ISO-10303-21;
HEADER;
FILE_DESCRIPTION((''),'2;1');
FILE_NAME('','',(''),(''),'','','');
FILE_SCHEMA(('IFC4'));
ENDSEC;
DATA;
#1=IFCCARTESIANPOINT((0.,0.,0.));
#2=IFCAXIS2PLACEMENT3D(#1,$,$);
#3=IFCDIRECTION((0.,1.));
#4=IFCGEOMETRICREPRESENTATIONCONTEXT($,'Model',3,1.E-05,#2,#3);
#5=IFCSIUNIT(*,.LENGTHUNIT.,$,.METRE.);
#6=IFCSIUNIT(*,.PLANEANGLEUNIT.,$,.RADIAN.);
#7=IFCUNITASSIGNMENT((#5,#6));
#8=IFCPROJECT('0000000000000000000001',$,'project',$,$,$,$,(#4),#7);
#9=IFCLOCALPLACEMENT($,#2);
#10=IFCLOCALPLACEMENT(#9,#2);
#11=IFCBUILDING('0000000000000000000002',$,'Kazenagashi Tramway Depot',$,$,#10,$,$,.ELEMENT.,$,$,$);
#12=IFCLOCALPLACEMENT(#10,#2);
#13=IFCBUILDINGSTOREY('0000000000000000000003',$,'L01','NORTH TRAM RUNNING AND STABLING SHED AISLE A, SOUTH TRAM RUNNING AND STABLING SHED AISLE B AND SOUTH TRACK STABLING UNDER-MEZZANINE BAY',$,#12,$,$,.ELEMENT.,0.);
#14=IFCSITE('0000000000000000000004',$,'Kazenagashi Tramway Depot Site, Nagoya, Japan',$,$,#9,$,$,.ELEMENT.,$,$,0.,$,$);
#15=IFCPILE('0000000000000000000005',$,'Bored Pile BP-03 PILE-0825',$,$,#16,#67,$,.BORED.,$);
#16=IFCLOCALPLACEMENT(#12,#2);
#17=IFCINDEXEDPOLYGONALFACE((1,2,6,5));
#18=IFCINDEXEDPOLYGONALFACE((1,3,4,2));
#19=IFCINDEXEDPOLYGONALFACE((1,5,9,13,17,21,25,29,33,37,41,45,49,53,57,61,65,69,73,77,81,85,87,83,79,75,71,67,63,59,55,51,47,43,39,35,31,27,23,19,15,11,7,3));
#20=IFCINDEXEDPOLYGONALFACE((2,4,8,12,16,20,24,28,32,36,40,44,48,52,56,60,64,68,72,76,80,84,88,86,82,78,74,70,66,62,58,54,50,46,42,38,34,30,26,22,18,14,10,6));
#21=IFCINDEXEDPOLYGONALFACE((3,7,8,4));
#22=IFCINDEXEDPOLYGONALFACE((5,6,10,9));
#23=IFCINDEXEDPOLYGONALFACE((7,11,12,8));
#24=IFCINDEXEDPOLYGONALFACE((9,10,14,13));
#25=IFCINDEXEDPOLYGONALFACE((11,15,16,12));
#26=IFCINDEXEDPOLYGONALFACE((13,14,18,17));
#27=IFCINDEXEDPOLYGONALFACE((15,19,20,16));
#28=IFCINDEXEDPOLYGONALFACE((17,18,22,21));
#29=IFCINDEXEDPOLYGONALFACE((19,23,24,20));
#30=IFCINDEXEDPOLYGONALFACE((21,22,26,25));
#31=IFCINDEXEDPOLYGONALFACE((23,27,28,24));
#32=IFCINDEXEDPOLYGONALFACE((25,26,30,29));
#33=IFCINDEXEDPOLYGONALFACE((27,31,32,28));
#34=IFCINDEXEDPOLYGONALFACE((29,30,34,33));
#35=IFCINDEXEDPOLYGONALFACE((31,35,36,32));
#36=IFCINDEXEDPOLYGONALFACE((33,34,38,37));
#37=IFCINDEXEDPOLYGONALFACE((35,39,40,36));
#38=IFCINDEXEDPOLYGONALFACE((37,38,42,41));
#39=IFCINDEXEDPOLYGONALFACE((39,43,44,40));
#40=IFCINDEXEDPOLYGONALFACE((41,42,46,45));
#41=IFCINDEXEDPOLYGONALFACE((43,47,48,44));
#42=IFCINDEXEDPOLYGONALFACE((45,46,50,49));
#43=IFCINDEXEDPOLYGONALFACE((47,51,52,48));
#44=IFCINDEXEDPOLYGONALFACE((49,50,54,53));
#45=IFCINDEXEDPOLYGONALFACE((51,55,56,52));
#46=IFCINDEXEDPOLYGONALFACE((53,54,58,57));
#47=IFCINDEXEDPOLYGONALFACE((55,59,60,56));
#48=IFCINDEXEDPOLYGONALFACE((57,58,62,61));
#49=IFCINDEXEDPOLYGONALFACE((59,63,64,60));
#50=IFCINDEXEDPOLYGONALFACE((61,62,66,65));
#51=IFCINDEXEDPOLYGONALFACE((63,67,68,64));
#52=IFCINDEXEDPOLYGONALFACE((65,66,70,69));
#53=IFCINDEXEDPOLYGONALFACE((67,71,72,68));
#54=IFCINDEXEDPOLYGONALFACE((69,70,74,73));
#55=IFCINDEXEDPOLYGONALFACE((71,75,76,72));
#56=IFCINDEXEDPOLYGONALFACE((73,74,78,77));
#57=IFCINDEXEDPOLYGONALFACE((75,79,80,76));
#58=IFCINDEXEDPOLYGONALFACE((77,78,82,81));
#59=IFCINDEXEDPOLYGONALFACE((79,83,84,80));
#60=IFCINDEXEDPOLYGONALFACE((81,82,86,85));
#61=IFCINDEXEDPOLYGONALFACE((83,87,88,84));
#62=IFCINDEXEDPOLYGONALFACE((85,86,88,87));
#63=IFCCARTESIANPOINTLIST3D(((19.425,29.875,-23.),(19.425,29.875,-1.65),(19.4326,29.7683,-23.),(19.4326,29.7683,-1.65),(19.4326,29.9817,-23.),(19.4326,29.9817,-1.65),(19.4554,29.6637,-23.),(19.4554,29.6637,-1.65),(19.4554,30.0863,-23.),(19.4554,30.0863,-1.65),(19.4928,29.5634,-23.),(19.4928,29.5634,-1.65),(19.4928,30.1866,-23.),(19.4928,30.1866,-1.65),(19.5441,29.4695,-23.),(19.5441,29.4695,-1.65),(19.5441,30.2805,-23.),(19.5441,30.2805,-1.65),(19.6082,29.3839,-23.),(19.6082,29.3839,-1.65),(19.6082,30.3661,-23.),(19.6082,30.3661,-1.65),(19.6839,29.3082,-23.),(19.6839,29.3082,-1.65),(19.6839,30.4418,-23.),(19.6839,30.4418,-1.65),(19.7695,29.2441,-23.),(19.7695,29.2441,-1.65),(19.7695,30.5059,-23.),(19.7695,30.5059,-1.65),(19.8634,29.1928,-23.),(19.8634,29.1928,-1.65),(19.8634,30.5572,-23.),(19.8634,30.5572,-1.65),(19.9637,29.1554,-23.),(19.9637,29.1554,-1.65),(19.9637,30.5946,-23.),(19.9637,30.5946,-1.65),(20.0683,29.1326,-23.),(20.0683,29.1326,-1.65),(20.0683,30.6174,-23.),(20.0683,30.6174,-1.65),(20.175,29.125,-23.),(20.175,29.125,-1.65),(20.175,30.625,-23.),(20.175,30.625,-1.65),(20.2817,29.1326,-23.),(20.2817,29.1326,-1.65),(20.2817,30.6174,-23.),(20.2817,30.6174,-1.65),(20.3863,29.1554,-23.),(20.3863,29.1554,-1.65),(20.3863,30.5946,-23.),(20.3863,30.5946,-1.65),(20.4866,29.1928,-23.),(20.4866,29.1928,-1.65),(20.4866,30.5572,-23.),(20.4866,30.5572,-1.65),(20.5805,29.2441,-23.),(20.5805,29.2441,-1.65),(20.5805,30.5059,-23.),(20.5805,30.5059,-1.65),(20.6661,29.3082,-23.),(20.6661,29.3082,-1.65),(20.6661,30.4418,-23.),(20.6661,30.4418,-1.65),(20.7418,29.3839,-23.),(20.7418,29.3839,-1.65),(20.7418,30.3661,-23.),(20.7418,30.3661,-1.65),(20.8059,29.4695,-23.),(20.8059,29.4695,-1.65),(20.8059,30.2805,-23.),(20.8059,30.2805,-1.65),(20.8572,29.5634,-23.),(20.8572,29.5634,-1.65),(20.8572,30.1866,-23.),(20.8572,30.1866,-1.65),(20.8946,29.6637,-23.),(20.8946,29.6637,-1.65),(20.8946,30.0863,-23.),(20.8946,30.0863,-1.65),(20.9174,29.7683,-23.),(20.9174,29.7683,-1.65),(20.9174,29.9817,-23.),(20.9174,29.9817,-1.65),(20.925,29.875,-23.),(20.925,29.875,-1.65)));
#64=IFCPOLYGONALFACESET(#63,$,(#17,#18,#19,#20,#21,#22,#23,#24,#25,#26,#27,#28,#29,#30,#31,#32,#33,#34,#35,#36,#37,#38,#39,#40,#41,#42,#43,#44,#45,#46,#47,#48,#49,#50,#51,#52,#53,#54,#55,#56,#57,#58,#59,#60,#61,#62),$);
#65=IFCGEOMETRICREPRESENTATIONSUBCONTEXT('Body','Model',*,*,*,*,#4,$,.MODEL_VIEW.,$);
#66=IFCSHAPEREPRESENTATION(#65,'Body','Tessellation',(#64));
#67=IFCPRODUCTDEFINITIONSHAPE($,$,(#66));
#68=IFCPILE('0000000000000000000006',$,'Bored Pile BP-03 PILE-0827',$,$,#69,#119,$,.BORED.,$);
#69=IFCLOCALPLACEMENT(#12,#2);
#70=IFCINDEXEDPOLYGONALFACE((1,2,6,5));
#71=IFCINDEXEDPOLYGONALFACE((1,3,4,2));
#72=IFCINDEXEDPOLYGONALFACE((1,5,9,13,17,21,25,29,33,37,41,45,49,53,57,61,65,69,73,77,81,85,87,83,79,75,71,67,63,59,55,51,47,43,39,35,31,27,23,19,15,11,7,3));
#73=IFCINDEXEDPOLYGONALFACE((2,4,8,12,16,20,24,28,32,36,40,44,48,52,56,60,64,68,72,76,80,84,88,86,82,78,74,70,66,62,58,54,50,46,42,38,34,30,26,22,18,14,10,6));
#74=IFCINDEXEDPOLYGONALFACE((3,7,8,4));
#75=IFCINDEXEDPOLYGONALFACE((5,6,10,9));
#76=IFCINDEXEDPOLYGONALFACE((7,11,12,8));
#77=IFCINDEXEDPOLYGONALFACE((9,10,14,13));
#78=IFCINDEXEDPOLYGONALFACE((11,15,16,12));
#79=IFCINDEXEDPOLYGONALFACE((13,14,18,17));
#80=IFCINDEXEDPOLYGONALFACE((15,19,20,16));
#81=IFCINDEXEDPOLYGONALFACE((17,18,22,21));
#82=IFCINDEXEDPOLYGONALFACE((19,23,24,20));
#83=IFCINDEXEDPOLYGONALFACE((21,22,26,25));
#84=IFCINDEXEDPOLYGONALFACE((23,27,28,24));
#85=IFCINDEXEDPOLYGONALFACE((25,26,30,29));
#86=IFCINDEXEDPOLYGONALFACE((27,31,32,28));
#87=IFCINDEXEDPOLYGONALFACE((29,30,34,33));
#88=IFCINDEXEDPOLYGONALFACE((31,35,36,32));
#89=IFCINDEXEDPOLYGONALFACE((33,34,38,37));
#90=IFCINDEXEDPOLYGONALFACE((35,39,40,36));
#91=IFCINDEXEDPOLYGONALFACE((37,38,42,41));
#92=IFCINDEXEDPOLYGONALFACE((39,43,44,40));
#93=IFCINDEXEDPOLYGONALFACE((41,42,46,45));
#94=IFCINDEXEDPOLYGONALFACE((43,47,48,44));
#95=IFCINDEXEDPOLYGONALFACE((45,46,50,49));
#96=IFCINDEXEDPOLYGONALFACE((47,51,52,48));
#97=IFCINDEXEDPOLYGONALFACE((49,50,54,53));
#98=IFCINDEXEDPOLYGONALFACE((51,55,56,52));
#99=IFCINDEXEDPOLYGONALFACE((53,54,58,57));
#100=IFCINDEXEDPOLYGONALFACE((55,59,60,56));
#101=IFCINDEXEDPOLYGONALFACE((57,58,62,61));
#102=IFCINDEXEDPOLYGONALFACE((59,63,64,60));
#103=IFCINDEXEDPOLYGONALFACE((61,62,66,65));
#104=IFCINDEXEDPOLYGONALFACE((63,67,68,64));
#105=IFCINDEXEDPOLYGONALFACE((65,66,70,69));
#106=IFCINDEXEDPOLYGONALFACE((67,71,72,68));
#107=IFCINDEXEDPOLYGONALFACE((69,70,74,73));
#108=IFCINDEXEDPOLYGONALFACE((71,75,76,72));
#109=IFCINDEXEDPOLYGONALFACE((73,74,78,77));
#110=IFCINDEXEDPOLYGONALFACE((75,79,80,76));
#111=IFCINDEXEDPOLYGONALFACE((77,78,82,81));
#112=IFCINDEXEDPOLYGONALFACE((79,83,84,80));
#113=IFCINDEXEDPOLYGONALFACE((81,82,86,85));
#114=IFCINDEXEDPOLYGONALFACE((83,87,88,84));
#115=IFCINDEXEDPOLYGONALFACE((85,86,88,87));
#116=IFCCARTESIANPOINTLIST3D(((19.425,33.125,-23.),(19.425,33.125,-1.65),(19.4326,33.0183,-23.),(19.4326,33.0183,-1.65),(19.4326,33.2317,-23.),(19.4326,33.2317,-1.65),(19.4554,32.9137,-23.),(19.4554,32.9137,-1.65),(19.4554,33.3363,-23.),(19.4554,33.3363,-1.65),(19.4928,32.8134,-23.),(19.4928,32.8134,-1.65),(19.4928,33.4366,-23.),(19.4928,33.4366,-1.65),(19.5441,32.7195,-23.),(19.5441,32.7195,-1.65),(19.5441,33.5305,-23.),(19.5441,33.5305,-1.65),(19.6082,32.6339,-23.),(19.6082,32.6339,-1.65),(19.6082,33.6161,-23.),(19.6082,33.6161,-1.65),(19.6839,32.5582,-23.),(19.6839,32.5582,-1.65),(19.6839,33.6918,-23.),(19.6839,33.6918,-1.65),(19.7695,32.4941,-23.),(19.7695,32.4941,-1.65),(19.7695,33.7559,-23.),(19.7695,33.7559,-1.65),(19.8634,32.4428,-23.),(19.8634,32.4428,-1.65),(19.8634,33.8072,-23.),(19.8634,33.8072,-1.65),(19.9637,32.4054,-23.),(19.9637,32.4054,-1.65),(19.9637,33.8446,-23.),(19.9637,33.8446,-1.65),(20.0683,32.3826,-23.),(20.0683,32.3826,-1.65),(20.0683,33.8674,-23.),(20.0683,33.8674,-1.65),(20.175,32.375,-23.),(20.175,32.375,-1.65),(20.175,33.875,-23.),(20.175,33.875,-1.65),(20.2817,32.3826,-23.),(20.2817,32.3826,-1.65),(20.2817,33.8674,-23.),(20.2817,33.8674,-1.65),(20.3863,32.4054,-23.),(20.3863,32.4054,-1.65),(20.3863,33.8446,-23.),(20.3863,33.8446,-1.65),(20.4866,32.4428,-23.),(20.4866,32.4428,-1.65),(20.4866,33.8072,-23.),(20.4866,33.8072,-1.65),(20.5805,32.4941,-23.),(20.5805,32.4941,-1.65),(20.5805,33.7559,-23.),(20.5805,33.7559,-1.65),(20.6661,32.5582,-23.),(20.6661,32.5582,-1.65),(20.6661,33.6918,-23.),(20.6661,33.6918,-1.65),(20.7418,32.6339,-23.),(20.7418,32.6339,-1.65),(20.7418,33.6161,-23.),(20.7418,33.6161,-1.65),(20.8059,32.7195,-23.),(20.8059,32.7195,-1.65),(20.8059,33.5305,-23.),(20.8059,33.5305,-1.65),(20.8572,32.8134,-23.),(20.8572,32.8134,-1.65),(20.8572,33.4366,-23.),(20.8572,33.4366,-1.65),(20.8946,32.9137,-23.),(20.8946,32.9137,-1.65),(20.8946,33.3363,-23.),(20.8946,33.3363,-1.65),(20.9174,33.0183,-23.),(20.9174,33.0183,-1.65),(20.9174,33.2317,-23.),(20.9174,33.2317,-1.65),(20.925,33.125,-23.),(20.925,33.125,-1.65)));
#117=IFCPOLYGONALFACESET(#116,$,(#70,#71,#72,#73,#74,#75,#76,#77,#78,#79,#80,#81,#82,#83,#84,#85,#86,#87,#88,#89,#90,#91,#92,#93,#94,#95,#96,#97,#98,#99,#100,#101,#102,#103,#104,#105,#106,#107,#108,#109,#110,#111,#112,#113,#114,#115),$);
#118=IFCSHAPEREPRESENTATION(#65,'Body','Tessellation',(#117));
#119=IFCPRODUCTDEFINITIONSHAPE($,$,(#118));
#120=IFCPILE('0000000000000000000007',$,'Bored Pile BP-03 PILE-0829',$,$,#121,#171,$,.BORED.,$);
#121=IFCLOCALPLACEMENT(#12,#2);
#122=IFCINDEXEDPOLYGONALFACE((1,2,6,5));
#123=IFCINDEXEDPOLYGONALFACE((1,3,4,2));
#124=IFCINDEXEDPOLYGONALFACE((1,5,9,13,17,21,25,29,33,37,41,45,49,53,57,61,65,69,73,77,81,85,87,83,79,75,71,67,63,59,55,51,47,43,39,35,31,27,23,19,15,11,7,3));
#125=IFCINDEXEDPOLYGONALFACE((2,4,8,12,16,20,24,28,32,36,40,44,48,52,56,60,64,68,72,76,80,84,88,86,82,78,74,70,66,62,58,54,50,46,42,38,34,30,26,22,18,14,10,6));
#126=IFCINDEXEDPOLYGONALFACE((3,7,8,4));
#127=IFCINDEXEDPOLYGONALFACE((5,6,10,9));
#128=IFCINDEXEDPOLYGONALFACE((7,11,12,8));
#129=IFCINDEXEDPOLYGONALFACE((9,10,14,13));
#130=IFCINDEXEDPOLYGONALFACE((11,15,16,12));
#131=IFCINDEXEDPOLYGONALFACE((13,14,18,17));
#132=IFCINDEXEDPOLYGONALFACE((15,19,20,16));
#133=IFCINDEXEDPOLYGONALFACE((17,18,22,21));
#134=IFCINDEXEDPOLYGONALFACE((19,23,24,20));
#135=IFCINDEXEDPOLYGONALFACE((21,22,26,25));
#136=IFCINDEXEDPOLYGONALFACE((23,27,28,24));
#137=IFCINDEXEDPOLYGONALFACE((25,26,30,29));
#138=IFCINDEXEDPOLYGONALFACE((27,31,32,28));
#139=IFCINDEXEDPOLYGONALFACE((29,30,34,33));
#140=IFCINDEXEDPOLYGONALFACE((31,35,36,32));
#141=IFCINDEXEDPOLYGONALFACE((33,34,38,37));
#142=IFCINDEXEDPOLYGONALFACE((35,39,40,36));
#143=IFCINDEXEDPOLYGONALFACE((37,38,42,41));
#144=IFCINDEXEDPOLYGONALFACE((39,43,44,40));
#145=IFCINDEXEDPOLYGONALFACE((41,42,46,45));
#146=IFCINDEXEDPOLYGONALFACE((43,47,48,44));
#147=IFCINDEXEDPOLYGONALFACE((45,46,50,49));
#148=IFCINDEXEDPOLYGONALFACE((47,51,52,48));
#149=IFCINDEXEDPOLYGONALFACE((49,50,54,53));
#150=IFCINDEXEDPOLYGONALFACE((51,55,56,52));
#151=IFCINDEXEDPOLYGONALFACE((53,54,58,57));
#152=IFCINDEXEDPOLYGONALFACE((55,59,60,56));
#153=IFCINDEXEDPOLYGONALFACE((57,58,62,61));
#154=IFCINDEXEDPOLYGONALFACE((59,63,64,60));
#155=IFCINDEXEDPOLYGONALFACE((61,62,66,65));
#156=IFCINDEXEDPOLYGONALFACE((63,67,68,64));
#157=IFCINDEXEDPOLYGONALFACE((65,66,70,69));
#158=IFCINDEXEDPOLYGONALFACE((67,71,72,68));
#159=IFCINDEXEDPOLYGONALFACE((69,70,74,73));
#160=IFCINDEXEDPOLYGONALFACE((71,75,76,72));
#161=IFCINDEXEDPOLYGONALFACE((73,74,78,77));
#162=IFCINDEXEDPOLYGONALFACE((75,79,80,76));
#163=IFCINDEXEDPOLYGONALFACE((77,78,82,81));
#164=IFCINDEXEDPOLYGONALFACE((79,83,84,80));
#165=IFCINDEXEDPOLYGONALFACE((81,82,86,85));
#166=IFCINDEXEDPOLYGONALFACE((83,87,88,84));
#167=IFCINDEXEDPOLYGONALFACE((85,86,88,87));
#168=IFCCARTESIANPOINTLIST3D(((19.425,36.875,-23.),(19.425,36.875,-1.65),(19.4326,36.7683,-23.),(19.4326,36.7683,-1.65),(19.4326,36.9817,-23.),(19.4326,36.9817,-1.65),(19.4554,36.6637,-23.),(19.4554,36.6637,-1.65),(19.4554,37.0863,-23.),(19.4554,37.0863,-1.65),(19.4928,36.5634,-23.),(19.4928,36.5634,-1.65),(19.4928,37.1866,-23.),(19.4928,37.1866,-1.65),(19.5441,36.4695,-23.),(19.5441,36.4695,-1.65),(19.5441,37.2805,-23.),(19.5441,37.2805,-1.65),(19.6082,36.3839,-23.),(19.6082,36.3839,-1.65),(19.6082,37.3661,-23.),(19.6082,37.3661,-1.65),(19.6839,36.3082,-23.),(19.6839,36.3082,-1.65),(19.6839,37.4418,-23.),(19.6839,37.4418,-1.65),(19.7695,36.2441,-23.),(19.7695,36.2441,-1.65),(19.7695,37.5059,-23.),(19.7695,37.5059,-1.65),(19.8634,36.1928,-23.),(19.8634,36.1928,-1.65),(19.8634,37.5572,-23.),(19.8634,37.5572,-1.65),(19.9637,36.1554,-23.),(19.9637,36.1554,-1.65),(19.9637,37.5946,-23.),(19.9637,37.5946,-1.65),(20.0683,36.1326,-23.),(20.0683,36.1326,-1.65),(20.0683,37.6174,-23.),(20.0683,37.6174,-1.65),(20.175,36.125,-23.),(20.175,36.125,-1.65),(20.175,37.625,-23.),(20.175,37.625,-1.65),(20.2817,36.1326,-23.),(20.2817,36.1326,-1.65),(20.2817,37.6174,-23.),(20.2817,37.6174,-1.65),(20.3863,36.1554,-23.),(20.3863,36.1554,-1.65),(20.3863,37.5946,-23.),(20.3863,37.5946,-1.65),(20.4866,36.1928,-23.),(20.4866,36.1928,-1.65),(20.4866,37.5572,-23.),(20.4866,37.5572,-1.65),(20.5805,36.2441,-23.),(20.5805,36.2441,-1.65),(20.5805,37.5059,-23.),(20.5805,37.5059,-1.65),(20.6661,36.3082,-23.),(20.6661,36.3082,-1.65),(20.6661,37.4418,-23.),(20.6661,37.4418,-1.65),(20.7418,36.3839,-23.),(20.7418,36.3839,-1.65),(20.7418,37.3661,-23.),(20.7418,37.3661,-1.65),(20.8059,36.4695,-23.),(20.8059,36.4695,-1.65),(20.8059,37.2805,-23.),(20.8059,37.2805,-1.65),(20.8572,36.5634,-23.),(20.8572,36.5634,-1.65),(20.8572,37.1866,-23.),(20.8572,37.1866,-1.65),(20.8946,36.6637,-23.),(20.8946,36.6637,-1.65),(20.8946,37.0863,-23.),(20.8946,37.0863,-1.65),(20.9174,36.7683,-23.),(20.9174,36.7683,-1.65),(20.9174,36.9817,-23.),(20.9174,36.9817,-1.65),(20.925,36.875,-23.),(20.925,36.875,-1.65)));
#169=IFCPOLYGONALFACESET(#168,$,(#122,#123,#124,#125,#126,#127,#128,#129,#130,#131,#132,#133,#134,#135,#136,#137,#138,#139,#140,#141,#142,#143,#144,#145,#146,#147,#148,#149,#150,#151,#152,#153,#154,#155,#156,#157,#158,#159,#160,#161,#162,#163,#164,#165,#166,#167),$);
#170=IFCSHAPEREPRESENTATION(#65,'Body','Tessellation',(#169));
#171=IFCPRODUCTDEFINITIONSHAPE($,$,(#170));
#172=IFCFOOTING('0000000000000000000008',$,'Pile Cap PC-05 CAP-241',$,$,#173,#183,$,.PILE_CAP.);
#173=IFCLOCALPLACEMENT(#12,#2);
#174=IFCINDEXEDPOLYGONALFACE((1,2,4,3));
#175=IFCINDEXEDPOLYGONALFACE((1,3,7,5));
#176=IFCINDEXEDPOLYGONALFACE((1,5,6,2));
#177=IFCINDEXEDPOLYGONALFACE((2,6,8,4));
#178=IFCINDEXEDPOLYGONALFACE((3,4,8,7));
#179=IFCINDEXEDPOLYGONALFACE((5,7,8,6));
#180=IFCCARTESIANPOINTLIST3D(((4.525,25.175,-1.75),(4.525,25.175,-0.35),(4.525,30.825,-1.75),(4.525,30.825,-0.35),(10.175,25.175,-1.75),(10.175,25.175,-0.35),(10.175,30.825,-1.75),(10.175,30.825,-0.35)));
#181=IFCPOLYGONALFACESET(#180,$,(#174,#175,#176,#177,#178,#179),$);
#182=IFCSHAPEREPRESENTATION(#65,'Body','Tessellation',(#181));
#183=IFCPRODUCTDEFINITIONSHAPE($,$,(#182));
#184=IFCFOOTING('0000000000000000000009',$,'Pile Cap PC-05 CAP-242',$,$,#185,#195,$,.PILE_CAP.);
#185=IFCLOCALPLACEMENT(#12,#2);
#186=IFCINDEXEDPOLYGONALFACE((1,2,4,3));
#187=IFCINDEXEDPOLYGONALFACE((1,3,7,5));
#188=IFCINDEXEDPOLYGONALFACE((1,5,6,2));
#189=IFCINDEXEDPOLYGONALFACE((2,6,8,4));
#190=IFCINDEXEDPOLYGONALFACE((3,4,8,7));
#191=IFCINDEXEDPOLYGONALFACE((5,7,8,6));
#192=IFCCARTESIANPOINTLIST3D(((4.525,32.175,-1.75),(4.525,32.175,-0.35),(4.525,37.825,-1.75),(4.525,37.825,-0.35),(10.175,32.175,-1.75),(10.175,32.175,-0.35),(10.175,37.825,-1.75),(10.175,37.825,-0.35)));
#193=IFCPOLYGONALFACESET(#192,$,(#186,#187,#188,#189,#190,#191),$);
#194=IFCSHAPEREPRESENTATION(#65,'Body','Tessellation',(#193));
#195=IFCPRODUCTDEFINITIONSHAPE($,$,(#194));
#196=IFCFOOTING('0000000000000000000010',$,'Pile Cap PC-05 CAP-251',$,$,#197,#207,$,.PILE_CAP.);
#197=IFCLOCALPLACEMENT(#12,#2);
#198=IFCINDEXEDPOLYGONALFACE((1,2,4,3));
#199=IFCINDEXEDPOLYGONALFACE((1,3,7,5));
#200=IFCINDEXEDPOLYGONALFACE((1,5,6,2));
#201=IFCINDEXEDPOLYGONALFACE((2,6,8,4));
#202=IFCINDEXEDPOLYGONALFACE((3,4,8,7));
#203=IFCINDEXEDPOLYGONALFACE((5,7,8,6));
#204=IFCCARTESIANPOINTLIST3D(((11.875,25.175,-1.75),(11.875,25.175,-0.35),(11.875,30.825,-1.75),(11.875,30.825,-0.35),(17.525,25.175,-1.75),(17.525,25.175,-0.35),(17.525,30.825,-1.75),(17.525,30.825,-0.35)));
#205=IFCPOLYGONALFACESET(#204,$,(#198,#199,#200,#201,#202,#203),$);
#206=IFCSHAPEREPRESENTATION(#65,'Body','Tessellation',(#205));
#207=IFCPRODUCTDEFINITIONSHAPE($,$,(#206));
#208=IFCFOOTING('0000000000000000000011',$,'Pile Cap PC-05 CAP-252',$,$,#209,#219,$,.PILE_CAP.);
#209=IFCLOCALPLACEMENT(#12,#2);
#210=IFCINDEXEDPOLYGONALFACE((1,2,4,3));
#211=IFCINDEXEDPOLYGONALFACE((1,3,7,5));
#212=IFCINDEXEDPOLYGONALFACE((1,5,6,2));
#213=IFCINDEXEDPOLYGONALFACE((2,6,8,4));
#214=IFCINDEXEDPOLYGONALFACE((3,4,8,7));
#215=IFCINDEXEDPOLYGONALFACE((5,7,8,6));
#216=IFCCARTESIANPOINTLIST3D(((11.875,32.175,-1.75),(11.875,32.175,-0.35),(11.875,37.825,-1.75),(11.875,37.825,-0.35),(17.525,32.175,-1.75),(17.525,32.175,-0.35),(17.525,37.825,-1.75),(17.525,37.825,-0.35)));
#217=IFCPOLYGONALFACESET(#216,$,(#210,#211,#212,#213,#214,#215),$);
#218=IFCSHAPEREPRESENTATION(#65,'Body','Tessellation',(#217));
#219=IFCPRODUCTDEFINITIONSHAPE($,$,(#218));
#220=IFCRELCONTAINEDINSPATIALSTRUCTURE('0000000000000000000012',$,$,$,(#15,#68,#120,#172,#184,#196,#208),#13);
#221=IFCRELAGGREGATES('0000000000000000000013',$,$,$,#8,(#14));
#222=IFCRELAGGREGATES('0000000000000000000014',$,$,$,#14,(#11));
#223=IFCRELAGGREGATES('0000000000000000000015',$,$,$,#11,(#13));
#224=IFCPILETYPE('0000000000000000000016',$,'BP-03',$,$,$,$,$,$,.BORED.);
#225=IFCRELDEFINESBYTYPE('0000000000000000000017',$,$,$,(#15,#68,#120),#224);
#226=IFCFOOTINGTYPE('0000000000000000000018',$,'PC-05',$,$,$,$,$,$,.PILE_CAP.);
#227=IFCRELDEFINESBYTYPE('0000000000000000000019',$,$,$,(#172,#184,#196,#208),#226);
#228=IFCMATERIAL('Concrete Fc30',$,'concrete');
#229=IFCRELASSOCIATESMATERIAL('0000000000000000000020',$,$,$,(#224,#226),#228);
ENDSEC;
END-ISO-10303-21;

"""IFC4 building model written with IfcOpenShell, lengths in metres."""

from ifc_helpers import new_model, si_unit, direction, frame, origin, origin_2d, place, context, subcontext, project, spatial, rectangle, circle, extrude, material, material_profile, profile_set, type_object, element, save


model = new_model("IFC4")

# Units and contexts
model_context = context("Model", 3, precision=1e-05, world=origin(), true_north=direction((0.0, 1.0)))
body_context = subcontext(model_context, "Body", "Model", "MODEL_VIEW")
ifc_project = project(units=[si_unit("LENGTHUNIT", "METRE"), si_unit("PLANEANGLEUNIT", "RADIAN")], contexts=[model_context])

# Site, building, storey
site_placement = place(None, origin())
site = spatial("IfcSite", under=ifc_project, at=site_placement, Name="Kazenagashi Tramway Depot Site, Nagoya, Japan", CompositionType="ELEMENT", RefElevation=0.0)
building_placement = place(site_placement, origin())
building = spatial("IfcBuilding", under=site, at=building_placement, Name="Kazenagashi Tramway Depot", CompositionType="ELEMENT")
storey_placement = place(building_placement, origin())
storey = spatial("IfcBuildingStorey", under=building, at=storey_placement, Name="L01", Description="NORTH TRAM RUNNING AND STABLING SHED AISLE A, SOUTH TRAM RUNNING AND STABLING SHED AISLE B AND SOUTH TRACK STABLING UNDER-MEZZANINE BAY", CompositionType="ELEMENT", Elevation=0.0)

# Piles
ifc_material_1 = material(Name="Concrete Fc30", Category="concrete")
ifc_material_profile_1 = material_profile(ifc_material_1, circle(Radius=0.75, at=origin_2d()), Name="PILE-1500")
ifc_profile_set_1 = profile_set([ifc_material_profile_1], Name="Concrete Fc30")
pile_type = type_object("IfcPileType", Name="BP-03", PredefinedType="BORED", material=ifc_profile_set_1)
for number, where, z_axis, x_axis, name in (
    (1, (20.175, 29.875, -1.65), (0.0, 0.0, -1.0), (1.0, 0.0, 0.0), "Bored Pile BP-03 PILE-0825"),
    (2, (20.175, 33.125, -1.65), (0.0, 0.0, -1.0), (1.0, 0.0, 0.0), "Bored Pile BP-03 PILE-0827"),
    (3, (20.175, 36.875, -1.65), (0.0, 0.0, -1.0), (1.0, 0.0, 0.0), "Bored Pile BP-03 PILE-0829"),
):
    element("IfcPile", number, at=place(storey_placement, frame(where, z_axis=z_axis, x_axis=x_axis)), inside=storey, type_object=pile_type, Name=name, PredefinedType="BORED", context=body_context, shape_type="SweptSolid", body=[
        extrude(circle(Radius=0.75, at=origin_2d()), origin(), (0.0, 0.0, 1.0), 21.35),
    ])

# Footings
footing_type = type_object("IfcFootingType", Name="PC-05", PredefinedType="PILE_CAP", material=ifc_material_1)
for number, where, z_axis, x_axis, name in (
    (4, (7.35, 28.0, -1.75), (0.0, 0.0, 1.0), (1.0, 0.0, 0.0), "Pile Cap PC-05 CAP-241"),
    (5, (7.35, 35.0, -1.75), (0.0, 0.0, 1.0), (1.0, 0.0, 0.0), "Pile Cap PC-05 CAP-242"),
    (6, (14.7, 28.0, -1.75), (0.0, 0.0, 1.0), (1.0, 0.0, 0.0), "Pile Cap PC-05 CAP-251"),
    (7, (14.7, 35.0, -1.75), (0.0, 0.0, 1.0), (1.0, 0.0, 0.0), "Pile Cap PC-05 CAP-252"),
):
    element("IfcFooting", number, at=place(storey_placement, frame(where, z_axis=z_axis, x_axis=x_axis)), inside=storey, type_object=footing_type, Name=name, PredefinedType="PILE_CAP", context=body_context, shape_type="SweptSolid", body=[
        extrude(rectangle(XDim=5.65, YDim=5.65, at=origin_2d()), origin(), (0.0, 0.0, 1.0), 1.4),
    ])

save(model, "model.ifc")
